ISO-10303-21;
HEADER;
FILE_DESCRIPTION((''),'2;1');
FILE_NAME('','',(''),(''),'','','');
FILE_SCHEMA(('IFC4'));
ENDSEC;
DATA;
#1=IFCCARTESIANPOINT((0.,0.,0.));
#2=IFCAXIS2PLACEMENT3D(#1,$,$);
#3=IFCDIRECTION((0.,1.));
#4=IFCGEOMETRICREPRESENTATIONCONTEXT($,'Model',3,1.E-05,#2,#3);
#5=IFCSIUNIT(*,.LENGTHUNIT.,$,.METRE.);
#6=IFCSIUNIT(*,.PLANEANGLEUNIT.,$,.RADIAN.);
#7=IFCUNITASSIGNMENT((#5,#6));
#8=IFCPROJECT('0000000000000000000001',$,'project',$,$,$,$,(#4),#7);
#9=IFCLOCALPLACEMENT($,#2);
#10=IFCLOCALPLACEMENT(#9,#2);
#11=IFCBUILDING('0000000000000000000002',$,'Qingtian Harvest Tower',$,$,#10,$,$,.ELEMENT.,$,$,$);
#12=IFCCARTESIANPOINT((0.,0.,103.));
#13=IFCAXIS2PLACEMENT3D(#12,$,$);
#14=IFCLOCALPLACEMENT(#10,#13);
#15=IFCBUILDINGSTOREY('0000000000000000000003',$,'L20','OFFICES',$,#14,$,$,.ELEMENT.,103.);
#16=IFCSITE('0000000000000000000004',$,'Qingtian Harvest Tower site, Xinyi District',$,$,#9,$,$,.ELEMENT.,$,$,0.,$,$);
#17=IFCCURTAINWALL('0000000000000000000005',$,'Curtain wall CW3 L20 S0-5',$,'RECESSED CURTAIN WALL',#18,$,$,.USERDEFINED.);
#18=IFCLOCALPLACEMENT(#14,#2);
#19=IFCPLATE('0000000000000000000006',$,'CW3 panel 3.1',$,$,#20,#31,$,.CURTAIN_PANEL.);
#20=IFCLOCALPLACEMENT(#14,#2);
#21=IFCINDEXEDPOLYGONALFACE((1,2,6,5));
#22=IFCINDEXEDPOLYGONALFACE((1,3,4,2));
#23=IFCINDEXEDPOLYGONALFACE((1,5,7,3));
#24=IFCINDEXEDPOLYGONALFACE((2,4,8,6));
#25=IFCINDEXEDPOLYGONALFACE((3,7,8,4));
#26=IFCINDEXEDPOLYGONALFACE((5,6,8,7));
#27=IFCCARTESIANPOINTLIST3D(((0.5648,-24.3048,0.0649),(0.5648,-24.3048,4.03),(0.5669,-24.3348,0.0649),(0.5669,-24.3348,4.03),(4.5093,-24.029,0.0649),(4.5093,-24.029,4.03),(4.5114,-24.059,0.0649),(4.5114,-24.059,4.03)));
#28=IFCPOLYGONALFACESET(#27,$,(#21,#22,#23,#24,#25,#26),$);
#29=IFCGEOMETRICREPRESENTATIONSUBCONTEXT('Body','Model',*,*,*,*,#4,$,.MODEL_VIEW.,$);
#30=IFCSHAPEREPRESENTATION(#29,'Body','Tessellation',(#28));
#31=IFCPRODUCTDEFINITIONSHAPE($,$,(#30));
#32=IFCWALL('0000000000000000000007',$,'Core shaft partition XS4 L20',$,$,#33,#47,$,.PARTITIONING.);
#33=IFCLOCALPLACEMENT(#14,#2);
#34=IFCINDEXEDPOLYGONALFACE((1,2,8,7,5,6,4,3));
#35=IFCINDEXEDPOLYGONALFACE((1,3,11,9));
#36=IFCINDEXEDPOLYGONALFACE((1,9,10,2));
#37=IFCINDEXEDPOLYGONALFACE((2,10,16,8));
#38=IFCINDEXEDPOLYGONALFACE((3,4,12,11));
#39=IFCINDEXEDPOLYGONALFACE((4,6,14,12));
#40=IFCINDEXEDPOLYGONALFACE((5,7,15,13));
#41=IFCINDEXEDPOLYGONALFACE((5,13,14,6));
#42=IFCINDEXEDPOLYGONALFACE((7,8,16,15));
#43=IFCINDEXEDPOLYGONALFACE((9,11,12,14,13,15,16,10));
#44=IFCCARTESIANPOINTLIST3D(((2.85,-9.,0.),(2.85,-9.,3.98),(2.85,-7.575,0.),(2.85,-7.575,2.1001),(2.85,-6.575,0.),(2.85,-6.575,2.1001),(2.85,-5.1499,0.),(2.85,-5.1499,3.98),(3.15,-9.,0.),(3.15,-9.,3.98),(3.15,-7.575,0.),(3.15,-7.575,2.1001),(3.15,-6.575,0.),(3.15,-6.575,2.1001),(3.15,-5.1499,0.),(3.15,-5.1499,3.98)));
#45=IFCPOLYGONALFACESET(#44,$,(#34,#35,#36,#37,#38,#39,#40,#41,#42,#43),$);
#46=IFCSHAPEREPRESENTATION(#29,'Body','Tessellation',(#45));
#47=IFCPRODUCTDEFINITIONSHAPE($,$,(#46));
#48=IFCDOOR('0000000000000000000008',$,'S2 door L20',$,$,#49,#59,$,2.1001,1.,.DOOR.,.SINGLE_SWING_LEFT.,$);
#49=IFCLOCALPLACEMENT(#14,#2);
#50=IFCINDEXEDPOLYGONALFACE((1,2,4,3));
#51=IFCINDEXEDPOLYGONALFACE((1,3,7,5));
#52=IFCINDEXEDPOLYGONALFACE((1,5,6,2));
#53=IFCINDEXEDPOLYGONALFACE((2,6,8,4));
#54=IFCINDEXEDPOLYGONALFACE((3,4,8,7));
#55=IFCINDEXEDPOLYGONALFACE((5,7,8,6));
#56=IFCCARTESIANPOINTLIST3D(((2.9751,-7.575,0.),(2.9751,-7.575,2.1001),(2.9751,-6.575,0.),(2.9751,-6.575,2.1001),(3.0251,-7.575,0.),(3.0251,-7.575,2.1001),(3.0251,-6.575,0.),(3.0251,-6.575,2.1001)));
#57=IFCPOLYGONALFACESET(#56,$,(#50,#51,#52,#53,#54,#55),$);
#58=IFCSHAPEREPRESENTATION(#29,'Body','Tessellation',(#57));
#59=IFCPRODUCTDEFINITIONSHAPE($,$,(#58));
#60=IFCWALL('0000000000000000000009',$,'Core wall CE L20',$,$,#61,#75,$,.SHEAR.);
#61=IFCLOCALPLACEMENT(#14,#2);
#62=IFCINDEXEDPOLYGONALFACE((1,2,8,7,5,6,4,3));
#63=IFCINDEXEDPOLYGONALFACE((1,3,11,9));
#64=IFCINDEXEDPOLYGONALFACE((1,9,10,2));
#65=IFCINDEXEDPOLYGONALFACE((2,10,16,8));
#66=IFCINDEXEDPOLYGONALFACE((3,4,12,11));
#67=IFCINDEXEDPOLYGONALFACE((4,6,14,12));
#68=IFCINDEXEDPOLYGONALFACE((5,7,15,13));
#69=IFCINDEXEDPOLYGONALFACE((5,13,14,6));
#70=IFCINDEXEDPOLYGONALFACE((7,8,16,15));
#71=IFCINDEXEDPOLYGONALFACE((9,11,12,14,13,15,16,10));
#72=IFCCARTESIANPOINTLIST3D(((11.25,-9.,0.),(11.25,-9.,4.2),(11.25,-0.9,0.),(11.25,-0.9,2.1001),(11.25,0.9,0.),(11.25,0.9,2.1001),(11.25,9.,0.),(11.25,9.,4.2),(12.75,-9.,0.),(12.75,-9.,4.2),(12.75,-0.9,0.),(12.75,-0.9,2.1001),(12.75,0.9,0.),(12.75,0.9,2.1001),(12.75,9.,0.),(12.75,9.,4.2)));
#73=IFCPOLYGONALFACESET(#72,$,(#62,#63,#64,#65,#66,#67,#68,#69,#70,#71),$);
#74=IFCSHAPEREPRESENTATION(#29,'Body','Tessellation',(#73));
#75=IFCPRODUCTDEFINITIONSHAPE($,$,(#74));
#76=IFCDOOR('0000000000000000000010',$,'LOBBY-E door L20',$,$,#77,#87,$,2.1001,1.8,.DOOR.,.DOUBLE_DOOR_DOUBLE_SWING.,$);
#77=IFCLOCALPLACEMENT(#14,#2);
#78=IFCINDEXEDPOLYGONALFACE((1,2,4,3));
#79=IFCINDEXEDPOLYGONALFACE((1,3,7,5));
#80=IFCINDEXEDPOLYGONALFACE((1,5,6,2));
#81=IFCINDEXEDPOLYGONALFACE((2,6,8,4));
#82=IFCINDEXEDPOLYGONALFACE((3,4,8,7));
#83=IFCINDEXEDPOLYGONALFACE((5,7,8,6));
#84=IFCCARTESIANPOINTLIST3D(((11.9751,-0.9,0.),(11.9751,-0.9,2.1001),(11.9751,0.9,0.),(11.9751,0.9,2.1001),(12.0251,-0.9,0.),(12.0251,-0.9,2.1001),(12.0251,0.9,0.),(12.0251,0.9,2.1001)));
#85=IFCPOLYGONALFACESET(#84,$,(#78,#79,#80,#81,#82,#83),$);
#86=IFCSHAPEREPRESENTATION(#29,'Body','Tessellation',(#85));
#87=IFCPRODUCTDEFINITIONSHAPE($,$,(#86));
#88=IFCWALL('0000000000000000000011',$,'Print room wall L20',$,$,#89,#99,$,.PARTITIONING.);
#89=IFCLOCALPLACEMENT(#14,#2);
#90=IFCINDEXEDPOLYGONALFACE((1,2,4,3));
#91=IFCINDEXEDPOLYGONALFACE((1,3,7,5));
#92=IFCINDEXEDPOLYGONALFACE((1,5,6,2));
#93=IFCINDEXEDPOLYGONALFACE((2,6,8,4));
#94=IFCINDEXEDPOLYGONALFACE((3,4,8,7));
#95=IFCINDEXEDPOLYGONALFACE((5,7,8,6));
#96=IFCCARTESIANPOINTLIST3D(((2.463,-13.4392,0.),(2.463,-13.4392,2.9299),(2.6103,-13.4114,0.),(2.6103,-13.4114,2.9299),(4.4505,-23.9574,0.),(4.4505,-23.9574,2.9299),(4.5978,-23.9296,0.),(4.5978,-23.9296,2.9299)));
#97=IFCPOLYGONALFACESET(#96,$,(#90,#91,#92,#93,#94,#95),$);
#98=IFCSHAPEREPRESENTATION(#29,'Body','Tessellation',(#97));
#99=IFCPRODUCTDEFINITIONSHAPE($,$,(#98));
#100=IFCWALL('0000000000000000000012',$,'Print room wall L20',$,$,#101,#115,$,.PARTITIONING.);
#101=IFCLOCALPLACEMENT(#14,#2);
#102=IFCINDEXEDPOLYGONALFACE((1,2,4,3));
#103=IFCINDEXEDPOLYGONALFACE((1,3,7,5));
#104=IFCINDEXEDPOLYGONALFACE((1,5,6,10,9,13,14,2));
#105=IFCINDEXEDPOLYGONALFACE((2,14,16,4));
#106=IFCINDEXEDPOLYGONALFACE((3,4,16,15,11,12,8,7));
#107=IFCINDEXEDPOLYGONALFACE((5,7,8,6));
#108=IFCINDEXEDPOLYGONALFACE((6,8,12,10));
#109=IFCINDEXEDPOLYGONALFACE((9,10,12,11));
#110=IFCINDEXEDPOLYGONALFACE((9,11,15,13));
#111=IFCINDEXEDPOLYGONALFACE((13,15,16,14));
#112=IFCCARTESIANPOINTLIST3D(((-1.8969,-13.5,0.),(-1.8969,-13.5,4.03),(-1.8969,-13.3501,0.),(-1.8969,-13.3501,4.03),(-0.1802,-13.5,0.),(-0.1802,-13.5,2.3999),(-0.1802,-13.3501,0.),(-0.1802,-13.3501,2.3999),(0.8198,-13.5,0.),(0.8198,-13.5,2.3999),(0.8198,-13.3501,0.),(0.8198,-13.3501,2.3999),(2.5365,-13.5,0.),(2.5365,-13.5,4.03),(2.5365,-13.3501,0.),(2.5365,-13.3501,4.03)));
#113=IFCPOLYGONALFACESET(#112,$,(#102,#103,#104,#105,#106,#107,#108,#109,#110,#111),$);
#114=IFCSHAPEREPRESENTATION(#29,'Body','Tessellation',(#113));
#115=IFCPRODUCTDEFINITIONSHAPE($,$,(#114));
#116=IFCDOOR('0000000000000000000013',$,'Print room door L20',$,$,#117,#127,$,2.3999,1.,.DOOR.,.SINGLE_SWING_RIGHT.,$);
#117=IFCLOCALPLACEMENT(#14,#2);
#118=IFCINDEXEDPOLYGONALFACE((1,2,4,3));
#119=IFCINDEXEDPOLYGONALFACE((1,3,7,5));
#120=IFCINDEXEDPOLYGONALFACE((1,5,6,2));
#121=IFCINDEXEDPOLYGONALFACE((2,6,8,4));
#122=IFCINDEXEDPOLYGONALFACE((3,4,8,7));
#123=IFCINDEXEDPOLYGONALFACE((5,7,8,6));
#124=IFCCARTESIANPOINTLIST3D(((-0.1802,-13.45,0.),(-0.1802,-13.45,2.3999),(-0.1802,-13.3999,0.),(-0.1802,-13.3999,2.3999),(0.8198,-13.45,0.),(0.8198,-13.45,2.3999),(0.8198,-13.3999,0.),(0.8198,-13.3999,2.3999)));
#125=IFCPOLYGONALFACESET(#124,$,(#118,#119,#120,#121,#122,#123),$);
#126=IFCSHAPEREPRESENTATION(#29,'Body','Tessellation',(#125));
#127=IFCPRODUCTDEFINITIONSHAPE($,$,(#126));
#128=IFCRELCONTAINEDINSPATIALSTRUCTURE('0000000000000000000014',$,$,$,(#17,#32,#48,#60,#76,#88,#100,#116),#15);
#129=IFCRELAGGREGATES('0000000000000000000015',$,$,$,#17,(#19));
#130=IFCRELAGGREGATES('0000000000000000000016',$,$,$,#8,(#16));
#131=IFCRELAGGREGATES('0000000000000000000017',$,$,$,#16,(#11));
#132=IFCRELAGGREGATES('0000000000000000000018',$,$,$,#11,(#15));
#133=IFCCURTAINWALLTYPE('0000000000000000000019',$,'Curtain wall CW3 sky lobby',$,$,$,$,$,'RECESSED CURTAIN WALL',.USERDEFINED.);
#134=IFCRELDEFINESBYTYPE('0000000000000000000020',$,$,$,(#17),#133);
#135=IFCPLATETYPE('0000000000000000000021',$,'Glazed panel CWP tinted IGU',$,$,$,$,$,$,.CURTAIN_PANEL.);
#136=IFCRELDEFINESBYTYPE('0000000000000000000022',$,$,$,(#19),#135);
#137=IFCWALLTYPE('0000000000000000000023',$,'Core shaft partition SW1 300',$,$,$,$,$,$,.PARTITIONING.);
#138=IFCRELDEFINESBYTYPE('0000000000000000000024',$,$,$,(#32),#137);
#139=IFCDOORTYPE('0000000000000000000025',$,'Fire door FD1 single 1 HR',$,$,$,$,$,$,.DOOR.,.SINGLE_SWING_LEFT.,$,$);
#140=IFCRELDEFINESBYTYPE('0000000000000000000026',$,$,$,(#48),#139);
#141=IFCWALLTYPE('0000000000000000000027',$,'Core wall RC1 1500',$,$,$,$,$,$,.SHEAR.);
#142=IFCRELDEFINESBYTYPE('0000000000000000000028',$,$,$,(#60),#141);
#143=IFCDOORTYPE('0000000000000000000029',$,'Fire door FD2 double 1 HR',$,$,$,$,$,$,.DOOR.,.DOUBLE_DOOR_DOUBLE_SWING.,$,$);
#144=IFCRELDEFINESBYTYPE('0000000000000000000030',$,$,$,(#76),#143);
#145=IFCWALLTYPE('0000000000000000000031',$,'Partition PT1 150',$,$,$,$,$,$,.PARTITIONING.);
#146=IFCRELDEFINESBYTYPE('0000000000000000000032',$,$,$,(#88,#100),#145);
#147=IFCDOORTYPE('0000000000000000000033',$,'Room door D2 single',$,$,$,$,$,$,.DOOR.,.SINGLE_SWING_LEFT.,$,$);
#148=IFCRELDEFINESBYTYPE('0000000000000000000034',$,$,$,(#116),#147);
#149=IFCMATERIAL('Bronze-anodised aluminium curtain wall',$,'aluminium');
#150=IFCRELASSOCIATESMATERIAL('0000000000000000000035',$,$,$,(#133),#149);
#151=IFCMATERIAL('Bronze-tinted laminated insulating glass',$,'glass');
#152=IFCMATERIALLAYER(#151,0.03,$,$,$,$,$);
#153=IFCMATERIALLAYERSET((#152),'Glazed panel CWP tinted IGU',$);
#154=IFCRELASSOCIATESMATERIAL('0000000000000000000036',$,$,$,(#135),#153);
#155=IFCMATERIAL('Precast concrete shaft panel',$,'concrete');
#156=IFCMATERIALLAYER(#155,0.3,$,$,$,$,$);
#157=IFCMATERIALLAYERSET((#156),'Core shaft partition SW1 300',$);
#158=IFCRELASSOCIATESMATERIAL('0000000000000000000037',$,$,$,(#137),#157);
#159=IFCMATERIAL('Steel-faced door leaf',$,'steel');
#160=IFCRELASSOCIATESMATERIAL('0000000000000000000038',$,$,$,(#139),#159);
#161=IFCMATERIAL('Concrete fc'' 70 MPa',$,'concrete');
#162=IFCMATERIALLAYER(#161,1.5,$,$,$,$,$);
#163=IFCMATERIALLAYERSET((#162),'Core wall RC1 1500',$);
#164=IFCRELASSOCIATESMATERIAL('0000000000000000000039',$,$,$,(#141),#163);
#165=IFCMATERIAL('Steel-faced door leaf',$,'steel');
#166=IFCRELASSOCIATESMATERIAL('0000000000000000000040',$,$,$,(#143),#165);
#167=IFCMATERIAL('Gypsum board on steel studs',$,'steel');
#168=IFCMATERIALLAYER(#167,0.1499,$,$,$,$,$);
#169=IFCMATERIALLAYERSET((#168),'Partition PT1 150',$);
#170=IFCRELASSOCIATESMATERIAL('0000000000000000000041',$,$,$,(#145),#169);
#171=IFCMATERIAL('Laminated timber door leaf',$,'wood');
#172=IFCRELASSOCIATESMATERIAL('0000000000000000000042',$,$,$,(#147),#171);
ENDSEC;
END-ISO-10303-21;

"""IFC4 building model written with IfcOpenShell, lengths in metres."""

from ifc_helpers import new_model, si_unit, direction, frame, frame_2d, origin, origin_2d, place, context, subcontext, project, spatial, rectangle, extrude, material, layer, layer_set, type_object, element, fill, aggregate, save


model = new_model("IFC4")

# Units and contexts
model_context = context("Model", 3, precision=1e-05, world=origin(), true_north=direction((0.0, 1.0)))
body_context = subcontext(model_context, "Body", "Model", "MODEL_VIEW")
ifc_project = project(units=[si_unit("LENGTHUNIT", "METRE"), si_unit("PLANEANGLEUNIT", "RADIAN")], contexts=[model_context])

# Site, building, storey
site_placement = place(None, origin())
site = spatial("IfcSite", under=ifc_project, at=site_placement, Name="Qingtian Harvest Tower site, Xinyi District", CompositionType="ELEMENT", RefElevation=0.0)
building_placement = place(site_placement, origin())
building = spatial("IfcBuilding", under=site, at=building_placement, Name="Qingtian Harvest Tower", CompositionType="ELEMENT")
storey_placement = place(building_placement, frame((0.0, 0.0, 103.0)))
storey = spatial("IfcBuildingStorey", under=building, at=storey_placement, Name="L20", Description="OFFICES", CompositionType="ELEMENT", Elevation=103.0)

# Shared definitions
ifc_material_1 = material(Name="Bronze-anodised aluminium curtain wall", Category="aluminium")
curtain_wall_type = type_object("IfcCurtainWallType", Name="Curtain wall CW3 sky lobby", ElementType="RECESSED CURTAIN WALL", PredefinedType="USERDEFINED", material=ifc_material_1)

# Curtain wall
curtain_wall_1_placement = place(storey_placement, origin())
curtain_wall_1 = element("IfcCurtainWall", 1, at=curtain_wall_1_placement, inside=storey, type_object=curtain_wall_type, Name="Curtain wall CW3 L20 S0-5", ObjectType="RECESSED CURTAIN WALL", PredefinedType="USERDEFINED")

# Plate
ifc_material_2 = material(Name="Bronze-tinted laminated insulating glass", Category="glass")
ifc_layer_1 = layer(ifc_material_2, 0.03)
ifc_layer_set_1 = layer_set([ifc_layer_1], Name="Glazed panel CWP tinted IGU")
plate_type = type_object("IfcPlateType", Name="Glazed panel CWP tinted IGU", PredefinedType="CURTAIN_PANEL", material=ifc_layer_set_1)
plate_1_placement = place(storey_placement, frame((2.5381, -24.1819, 0.0649), z_axis=(0.0, 0.0, 1.0), x_axis=(-0.997564, -0.069756, 0.0)))
plate_1 = element("IfcPlate", 2, at=plate_1_placement, type_object=plate_type, Name="CW3 panel 3.1", PredefinedType="CURTAIN_PANEL", context=body_context, shape_type="SweptSolid", body=[
    extrude(rectangle(XDim=3.9541, YDim=0.03, at=origin_2d()), origin(), (0.0, 0.0, 1.0), 3.9651),
])
aggregate(curtain_wall_1, [plate_1])

# Walls, openings, doors
ifc_material_3 = material(Name="Precast concrete shaft panel", Category="concrete")
ifc_layer_2 = layer(ifc_material_3, 0.3)
ifc_layer_set_2 = layer_set([ifc_layer_2], Name="Core shaft partition SW1 300")
wall_type_1 = type_object("IfcWallType", Name="Core shaft partition SW1 300", PredefinedType="PARTITIONING", material=ifc_layer_set_2)
wall_1_placement = place(storey_placement, frame((3.0, -9.0, 0.0), z_axis=(0.0, 0.0, 1.0), x_axis=(0.0, 1.0, 0.0)))
wall_1 = element("IfcWall", 3, at=wall_1_placement, inside=storey, type_object=wall_type_1, Name="Core shaft partition XS4 L20", PredefinedType="PARTITIONING", context=body_context, shape_type="SweptSolid", body=[
    extrude(rectangle(XDim=3.8501, YDim=0.3, at=frame_2d((1.925, 0.0))), origin(), (0.0, 0.0, 1.0), 3.98),
])
opening_1_placement = place(wall_1_placement, frame((1.425, 0.0, 0.0)))
opening_1 = element("IfcOpeningElement", 4, at=opening_1_placement, cuts=wall_1, PredefinedType="OPENING", context=body_context, shape_type="SweptSolid", body=[
    extrude(rectangle(XDim=1.0, YDim=2.1001, at=frame_2d((0.5, 1.05))), frame((0.0, 0.1599, 0.0), z_axis=(0.0, -1.0, 0.0), x_axis=(1.0, 0.0, 0.0)), (0.0, 0.0, 1.0), 0.3201),
])
ifc_material_4 = material(Name="Steel-faced door leaf", Category="steel")
door_type_1 = type_object("IfcDoorType", Name="Fire door FD1 single 1 HR", OperationType="SINGLE_SWING_LEFT", PredefinedType="DOOR", material=ifc_material_4)
door_1_placement = place(opening_1_placement, origin())
door_1 = element("IfcDoor", 5, at=door_1_placement, inside=storey, type_object=door_type_1, Name="S2 door L20", OperationType="SINGLE_SWING_LEFT", OverallHeight=2.1001, OverallWidth=1.0, PredefinedType="DOOR", context=body_context, shape_type="SweptSolid", body=[
    extrude(rectangle(XDim=1.0, YDim=2.1001, at=frame_2d((0.5, 1.05))), frame((0.0, 0.0249, 0.0), z_axis=(0.0, -1.0, 0.0), x_axis=(1.0, 0.0, 0.0)), (0.0, 0.0, 1.0), 0.05),
])
fill(opening_1, door_1)
ifc_material_5 = material(Name="Concrete fc' 70 MPa", Category="concrete")
ifc_layer_3 = layer(ifc_material_5, 1.5)
ifc_layer_set_3 = layer_set([ifc_layer_3], Name="Core wall RC1 1500")
wall_type_2 = type_object("IfcWallType", Name="Core wall RC1 1500", PredefinedType="SHEAR", material=ifc_layer_set_3)
wall_2_placement = place(storey_placement, frame((12.0, -9.0, 0.0), z_axis=(0.0, 0.0, 1.0), x_axis=(0.0, 1.0, 0.0)))
wall_2 = element("IfcWall", 6, at=wall_2_placement, inside=storey, type_object=wall_type_2, Name="Core wall CE L20", PredefinedType="SHEAR", context=body_context, shape_type="SweptSolid", body=[
    extrude(rectangle(XDim=18.0, YDim=1.5, at=frame_2d((9.0, 0.0))), origin(), (0.0, 0.0, 1.0), 4.2),
])
opening_2_placement = place(wall_2_placement, frame((8.1001, 0.0, 0.0)))
opening_2 = element("IfcOpeningElement", 7, at=opening_2_placement, cuts=wall_2, PredefinedType="OPENING", context=body_context, shape_type="SweptSolid", body=[
    extrude(rectangle(XDim=1.8, YDim=2.1001, at=frame_2d((0.8999, 1.05))), frame((0.0, 0.76, 0.0), z_axis=(0.0, -1.0, 0.0), x_axis=(1.0, 0.0, 0.0)), (0.0, 0.0, 1.0), 1.52),
])
ifc_material_6 = material(Name="Steel-faced door leaf", Category="steel")
door_type_2 = type_object("IfcDoorType", Name="Fire door FD2 double 1 HR", OperationType="DOUBLE_DOOR_DOUBLE_SWING", PredefinedType="DOOR", material=ifc_material_6)
door_2_placement = place(opening_2_placement, origin())
door_2 = element("IfcDoor", 8, at=door_2_placement, inside=storey, type_object=door_type_2, Name="LOBBY-E door L20", OperationType="DOUBLE_DOOR_DOUBLE_SWING", OverallHeight=2.1001, OverallWidth=1.8, PredefinedType="DOOR", context=body_context, shape_type="SweptSolid", body=[
    extrude(rectangle(XDim=1.8, YDim=2.1001, at=frame_2d((0.8999, 1.05))), frame((0.0, 0.0249, 0.0), z_axis=(0.0, -1.0, 0.0), x_axis=(1.0, 0.0, 0.0)), (0.0, 0.0, 1.0), 0.05),
])
fill(opening_2, door_2)

# Wall
ifc_material_7 = material(Name="Gypsum board on steel studs", Category="steel")
ifc_layer_4 = layer(ifc_material_7, 0.1499)
ifc_layer_set_4 = layer_set([ifc_layer_4], Name="Partition PT1 150")
wall_type_3 = type_object("IfcWallType", Name="Partition PT1 150", PredefinedType="PARTITIONING", material=ifc_layer_set_4)
wall_3_placement = place(storey_placement, frame((4.5242, -23.9434, 0.0), z_axis=(0.0, 0.0, 1.0), x_axis=(-0.185675, 0.982611, 0.0)))
element("IfcWall", 9, at=wall_3_placement, inside=storey, type_object=wall_type_3, Name="Print room wall L20", PredefinedType="PARTITIONING", context=body_context, shape_type="SweptSolid", body=[
    extrude(rectangle(XDim=10.7043, YDim=0.1499, at=frame_2d((5.3521, 0.0))), origin(), (0.0, 0.0, 1.0), 2.9299),
])

# Wall, opening, door
wall_4_placement = place(storey_placement, frame((2.5366, -13.425, 0.0), z_axis=(0.0, 0.0, 1.0), x_axis=(-1.0, 0.0, 0.0)))
wall_4 = element("IfcWall", 10, at=wall_4_placement, inside=storey, type_object=wall_type_3, Name="Print room wall L20", PredefinedType="PARTITIONING", context=body_context, shape_type="SweptSolid", body=[
    extrude(rectangle(XDim=4.4333, YDim=0.1499, at=frame_2d((2.2168, 0.0))), origin(), (0.0, 0.0, 1.0), 4.03),
])
opening_3_placement = place(wall_4_placement, frame((1.7168, 0.0, 0.0)))
opening_3 = element("IfcOpeningElement", 11, at=opening_3_placement, cuts=wall_4, PredefinedType="OPENING", context=body_context, shape_type="SweptSolid", body=[
    extrude(rectangle(XDim=1.0, YDim=2.3999, at=frame_2d((0.5, 1.2))), frame((0.0, 0.085, 0.0), z_axis=(0.0, -1.0, 0.0), x_axis=(1.0, 0.0, 0.0)), (0.0, 0.0, 1.0), 0.1699),
])
ifc_material_8 = material(Name="Laminated timber door leaf", Category="wood")
door_type_3 = type_object("IfcDoorType", Name="Room door D2 single", OperationType="SINGLE_SWING_LEFT", PredefinedType="DOOR", material=ifc_material_8)
door_3_placement = place(opening_3_placement, origin())
door_3 = element("IfcDoor", 12, at=door_3_placement, inside=storey, type_object=door_type_3, Name="Print room door L20", OperationType="SINGLE_SWING_RIGHT", OverallHeight=2.3999, OverallWidth=1.0, PredefinedType="DOOR", context=body_context, shape_type="SweptSolid", body=[
    extrude(rectangle(XDim=1.0, YDim=2.3999, at=frame_2d((0.5, 1.2))), frame((0.0, 0.0249, 0.0), z_axis=(0.0, -1.0, 0.0), x_axis=(1.0, 0.0, 0.0)), (0.0, 0.0, 1.0), 0.05),
])
fill(opening_3, door_3)

save(model, "model.ifc")
